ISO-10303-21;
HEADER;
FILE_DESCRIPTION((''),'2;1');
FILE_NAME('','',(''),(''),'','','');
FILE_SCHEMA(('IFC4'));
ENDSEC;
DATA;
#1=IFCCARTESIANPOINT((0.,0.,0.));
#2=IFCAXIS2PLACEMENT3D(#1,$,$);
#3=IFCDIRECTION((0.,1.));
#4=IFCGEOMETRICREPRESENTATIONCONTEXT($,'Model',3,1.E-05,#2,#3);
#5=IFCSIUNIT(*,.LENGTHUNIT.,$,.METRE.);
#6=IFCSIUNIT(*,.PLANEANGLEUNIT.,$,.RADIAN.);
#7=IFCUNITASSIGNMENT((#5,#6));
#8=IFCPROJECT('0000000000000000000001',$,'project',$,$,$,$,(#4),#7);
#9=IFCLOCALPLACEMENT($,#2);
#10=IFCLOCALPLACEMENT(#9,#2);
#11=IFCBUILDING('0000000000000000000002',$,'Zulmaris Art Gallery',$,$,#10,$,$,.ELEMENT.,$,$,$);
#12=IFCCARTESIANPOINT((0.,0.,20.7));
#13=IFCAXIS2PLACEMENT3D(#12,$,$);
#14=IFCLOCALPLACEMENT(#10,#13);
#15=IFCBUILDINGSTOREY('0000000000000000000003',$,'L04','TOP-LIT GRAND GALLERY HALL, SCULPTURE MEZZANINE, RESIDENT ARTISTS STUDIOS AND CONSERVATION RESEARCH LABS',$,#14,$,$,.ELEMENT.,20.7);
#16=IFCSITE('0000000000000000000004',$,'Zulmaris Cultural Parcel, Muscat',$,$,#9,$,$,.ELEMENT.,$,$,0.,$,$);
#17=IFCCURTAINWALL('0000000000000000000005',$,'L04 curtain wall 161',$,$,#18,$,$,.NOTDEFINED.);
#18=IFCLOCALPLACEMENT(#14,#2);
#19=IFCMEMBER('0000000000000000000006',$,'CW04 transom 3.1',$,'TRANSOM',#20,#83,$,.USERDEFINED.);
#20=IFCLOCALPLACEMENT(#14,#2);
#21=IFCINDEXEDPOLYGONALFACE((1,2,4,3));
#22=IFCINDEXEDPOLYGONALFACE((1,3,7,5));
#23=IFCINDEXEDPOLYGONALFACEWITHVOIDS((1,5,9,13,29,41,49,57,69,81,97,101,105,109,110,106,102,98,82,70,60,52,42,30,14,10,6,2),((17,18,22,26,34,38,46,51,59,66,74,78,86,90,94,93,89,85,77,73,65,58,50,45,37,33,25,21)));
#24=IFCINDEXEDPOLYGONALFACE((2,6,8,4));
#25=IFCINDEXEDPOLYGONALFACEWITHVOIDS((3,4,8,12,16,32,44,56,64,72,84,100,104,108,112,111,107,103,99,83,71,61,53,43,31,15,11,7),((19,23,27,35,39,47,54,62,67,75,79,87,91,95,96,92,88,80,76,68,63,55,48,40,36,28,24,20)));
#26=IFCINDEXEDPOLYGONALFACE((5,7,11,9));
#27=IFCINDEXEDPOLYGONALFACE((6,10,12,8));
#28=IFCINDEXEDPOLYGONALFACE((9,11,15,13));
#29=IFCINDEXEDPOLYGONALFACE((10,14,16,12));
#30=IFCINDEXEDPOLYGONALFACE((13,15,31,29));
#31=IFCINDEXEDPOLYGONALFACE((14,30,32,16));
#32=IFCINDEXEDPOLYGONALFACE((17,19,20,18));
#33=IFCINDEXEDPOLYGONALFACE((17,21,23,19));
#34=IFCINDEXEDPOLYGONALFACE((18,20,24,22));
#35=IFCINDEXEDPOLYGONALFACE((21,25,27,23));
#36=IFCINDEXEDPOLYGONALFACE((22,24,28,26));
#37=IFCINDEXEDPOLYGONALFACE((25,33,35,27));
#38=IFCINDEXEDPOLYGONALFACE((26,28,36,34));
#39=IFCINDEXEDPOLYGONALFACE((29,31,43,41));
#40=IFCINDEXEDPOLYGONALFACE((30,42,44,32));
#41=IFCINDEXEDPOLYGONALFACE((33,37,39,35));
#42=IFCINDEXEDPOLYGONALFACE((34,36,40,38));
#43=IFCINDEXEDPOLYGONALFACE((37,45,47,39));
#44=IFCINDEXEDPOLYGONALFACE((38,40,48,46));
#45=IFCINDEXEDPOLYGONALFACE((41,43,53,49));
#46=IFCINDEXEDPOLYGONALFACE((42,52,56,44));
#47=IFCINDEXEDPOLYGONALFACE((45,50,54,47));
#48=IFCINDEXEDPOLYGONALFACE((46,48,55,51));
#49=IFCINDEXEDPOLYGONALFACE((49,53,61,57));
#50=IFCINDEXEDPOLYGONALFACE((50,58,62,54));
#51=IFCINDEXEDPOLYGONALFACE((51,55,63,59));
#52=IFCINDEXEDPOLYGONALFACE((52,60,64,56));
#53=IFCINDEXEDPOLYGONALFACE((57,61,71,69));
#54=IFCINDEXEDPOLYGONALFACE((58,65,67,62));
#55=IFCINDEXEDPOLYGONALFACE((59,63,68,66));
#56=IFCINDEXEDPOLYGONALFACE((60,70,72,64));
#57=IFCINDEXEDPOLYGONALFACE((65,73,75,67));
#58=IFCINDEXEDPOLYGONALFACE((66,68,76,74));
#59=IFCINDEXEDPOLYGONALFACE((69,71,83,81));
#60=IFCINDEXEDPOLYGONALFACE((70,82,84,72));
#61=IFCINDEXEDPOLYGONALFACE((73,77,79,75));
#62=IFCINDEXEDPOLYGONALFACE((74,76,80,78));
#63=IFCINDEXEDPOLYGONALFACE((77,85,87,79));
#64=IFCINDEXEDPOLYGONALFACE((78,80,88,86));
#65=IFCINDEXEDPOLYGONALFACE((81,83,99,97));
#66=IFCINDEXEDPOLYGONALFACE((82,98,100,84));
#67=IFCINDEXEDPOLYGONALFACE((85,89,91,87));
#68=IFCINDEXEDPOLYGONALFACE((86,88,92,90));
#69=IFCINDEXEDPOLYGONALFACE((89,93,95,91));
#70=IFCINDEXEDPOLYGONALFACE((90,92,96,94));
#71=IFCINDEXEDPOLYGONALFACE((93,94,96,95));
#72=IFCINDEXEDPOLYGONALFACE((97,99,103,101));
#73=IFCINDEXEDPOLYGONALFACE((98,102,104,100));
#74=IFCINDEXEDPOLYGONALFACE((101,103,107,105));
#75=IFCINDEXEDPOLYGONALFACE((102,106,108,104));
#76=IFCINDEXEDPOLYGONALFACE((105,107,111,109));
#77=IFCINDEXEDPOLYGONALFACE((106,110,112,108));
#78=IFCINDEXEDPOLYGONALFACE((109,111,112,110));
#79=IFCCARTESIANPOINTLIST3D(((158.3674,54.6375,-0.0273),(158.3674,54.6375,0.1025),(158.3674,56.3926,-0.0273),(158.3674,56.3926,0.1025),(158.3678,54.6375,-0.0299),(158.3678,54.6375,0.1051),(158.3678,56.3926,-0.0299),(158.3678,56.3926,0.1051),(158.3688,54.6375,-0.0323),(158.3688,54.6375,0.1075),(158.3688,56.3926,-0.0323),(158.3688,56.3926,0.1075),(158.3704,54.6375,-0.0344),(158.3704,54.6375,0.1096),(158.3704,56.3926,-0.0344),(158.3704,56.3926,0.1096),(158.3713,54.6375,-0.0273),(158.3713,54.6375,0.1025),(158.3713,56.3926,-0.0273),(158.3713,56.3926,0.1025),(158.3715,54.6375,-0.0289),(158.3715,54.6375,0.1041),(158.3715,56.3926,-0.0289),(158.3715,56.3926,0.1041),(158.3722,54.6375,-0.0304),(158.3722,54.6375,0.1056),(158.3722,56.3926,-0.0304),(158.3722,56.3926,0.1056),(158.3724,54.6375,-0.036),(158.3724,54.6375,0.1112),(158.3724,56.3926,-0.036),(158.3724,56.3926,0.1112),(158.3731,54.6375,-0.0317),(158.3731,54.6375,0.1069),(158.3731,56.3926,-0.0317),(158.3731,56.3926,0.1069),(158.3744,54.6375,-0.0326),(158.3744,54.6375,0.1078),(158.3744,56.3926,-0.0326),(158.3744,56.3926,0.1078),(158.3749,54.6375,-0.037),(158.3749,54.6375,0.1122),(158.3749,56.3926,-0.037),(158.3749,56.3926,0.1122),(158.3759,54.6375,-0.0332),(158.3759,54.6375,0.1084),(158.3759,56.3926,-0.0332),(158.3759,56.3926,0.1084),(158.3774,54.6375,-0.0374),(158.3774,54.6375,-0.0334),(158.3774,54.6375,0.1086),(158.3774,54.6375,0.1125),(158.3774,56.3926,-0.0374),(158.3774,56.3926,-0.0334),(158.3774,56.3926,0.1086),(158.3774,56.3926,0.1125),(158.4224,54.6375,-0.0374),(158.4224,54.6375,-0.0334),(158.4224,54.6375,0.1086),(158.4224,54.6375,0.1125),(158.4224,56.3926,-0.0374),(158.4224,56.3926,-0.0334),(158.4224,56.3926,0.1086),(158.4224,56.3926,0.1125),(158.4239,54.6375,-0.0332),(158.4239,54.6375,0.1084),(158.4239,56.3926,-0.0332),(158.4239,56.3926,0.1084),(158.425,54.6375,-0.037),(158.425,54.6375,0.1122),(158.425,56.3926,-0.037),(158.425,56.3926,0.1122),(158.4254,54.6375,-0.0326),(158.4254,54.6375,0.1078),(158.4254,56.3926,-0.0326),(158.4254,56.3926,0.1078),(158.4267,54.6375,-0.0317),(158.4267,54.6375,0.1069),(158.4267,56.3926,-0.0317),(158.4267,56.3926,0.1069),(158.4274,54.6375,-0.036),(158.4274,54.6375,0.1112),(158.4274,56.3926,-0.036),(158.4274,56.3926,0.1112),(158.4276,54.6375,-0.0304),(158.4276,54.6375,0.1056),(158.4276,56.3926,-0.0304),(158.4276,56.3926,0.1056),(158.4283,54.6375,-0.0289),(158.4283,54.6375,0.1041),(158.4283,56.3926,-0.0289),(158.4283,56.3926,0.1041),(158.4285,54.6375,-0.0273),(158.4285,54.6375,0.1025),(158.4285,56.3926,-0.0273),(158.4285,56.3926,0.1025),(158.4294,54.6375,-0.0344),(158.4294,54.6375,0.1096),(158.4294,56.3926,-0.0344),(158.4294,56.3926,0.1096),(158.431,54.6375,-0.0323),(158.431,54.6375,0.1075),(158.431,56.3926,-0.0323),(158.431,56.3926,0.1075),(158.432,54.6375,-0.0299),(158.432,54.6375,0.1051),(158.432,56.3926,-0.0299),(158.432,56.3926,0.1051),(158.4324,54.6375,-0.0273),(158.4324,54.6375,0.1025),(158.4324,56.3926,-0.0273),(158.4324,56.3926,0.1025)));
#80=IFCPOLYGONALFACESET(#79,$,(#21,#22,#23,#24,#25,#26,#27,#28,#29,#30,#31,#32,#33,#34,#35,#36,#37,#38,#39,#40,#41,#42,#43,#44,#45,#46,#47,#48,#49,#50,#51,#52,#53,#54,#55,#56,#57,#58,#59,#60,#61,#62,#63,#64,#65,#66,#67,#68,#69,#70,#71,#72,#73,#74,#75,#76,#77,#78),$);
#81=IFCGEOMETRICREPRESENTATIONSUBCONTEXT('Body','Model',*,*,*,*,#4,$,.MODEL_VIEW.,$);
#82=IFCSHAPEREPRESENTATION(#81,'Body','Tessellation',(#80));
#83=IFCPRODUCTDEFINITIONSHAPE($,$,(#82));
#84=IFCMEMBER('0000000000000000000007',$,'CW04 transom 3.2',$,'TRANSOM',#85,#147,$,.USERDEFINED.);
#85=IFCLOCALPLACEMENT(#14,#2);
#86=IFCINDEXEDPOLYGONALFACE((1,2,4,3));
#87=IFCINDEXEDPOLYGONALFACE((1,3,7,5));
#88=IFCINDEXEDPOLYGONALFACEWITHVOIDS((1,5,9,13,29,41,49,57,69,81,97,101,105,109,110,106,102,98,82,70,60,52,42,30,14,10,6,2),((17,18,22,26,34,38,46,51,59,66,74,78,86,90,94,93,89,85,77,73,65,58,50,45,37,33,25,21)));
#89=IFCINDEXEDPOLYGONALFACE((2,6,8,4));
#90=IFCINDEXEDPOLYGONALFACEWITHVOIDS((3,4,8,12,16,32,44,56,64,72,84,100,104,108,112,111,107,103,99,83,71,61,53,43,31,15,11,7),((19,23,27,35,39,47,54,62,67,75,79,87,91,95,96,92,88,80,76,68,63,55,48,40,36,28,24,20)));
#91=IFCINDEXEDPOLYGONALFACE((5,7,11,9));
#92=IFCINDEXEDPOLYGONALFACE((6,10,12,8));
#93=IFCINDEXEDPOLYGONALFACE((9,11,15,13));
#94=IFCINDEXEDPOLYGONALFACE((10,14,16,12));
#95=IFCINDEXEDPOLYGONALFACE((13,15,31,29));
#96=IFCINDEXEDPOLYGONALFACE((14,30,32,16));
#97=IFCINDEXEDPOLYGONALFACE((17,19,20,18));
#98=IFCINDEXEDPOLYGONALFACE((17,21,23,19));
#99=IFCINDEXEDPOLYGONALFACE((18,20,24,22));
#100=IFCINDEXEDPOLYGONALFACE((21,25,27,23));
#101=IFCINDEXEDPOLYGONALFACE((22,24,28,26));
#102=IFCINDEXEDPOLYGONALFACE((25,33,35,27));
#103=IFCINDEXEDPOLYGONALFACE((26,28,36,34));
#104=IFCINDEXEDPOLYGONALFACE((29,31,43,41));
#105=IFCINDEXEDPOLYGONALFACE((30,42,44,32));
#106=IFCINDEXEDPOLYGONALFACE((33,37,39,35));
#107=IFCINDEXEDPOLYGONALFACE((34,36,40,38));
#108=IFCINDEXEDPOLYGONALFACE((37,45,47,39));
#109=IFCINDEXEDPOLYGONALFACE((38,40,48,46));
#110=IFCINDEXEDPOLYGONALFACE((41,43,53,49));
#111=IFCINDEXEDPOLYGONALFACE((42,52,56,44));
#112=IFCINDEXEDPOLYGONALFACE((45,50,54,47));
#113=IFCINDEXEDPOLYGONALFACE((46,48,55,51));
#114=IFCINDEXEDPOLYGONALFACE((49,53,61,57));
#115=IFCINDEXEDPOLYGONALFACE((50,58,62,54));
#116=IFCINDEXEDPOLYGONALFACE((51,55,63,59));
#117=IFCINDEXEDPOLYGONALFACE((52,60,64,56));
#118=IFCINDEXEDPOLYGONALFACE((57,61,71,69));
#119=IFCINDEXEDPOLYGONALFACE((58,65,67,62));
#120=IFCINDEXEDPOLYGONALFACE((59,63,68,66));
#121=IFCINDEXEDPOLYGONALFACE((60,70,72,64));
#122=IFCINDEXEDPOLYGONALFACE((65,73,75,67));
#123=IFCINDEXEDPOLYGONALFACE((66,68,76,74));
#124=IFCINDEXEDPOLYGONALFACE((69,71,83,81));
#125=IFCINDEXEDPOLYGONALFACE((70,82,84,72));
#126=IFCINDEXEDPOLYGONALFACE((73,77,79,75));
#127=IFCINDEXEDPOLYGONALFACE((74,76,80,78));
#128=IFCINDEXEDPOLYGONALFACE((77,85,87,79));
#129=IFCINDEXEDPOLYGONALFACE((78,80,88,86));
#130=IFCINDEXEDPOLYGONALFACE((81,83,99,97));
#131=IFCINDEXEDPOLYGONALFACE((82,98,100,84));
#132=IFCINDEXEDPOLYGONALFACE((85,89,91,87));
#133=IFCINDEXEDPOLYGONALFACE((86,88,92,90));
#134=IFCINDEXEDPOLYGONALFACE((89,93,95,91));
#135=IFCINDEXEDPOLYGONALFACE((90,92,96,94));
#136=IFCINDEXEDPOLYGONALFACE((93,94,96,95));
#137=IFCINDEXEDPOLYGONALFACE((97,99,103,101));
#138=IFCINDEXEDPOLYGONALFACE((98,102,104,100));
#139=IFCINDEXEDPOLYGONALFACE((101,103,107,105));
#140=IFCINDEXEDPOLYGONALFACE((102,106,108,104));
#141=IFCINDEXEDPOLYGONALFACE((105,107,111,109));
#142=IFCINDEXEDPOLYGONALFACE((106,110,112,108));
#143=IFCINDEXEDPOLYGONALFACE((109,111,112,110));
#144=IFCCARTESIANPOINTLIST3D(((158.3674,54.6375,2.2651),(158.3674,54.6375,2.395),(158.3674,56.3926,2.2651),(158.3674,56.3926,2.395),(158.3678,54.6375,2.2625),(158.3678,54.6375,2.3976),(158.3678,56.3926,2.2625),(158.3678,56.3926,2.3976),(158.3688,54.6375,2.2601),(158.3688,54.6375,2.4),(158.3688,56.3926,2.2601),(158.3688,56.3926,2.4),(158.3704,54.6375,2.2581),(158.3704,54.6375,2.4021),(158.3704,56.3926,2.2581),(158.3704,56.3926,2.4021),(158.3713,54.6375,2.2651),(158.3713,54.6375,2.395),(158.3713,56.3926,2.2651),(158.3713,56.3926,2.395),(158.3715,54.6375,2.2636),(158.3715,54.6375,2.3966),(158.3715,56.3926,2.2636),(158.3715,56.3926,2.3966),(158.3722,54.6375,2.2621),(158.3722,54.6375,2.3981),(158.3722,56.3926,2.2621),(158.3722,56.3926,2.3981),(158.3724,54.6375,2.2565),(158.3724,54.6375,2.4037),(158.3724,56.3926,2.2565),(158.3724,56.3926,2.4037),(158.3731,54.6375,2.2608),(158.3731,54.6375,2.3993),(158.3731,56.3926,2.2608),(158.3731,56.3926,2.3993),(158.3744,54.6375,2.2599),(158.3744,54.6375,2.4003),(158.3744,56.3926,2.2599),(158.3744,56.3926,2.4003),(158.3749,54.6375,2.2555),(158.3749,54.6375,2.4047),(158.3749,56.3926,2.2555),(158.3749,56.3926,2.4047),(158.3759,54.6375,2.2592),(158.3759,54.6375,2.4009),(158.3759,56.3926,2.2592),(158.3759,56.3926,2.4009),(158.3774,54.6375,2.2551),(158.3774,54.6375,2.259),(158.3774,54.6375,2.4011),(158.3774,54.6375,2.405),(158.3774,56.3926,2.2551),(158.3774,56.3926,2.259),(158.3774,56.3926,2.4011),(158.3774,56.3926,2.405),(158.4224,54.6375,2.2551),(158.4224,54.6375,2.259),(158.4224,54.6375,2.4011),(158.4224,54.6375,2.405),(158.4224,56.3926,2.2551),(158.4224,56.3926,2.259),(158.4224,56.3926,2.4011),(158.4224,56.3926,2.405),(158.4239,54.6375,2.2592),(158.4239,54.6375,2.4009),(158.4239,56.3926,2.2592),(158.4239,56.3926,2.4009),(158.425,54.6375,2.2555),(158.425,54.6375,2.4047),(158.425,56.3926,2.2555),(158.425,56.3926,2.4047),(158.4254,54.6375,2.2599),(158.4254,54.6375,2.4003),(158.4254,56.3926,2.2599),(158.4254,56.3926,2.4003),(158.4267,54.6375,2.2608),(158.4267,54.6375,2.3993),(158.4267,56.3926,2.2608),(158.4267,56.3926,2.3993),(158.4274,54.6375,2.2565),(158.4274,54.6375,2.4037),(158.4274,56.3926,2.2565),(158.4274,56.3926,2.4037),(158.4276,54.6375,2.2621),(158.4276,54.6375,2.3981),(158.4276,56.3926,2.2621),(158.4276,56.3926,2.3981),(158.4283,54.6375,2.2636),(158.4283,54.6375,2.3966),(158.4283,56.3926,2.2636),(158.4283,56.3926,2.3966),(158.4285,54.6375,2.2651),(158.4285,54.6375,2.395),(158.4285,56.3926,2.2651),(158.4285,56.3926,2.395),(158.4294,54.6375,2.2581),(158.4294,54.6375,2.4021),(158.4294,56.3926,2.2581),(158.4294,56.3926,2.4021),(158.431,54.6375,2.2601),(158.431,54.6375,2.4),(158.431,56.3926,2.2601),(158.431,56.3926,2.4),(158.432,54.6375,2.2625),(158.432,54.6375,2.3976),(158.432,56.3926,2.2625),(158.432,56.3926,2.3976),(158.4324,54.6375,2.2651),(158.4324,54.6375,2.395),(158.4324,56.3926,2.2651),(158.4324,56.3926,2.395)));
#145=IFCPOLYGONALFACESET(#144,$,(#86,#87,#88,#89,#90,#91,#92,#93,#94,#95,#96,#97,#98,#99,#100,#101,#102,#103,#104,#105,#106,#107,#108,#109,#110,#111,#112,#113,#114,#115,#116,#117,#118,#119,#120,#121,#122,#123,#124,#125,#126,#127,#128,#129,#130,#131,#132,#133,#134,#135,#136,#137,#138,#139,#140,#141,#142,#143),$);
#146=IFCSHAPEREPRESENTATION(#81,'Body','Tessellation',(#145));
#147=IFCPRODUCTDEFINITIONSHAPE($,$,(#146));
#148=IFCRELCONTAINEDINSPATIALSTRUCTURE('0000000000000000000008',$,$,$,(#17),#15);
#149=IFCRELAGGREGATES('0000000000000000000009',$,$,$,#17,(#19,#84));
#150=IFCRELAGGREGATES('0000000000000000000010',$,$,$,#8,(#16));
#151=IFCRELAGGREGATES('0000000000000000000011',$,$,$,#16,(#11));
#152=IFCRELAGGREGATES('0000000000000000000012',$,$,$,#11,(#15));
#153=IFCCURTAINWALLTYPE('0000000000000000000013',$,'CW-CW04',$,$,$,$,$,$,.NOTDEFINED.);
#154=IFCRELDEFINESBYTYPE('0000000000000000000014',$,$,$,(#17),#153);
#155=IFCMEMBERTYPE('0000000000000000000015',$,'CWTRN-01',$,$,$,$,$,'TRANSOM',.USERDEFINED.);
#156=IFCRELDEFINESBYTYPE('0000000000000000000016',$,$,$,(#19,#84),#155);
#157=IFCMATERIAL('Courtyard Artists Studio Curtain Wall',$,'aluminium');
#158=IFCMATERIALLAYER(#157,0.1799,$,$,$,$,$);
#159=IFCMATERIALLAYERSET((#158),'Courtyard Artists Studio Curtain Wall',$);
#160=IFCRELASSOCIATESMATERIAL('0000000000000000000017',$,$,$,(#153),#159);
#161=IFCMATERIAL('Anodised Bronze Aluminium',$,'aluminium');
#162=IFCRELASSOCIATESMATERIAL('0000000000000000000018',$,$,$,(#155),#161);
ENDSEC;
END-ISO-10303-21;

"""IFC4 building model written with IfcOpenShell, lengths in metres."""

from ifc_helpers import new_model, si_unit, direction, frame, origin, origin_2d, place, context, subcontext, project, spatial, hollow_rectangle, extrude, material, layer, layer_set, material_profile, profile_set, type_object, element, aggregate, save


model = new_model("IFC4")

# Units and contexts
model_context = context("Model", 3, precision=1e-05, world=origin(), true_north=direction((0.0, 1.0)))
body_context = subcontext(model_context, "Body", "Model", "MODEL_VIEW")
ifc_project = project(units=[si_unit("LENGTHUNIT", "METRE"), si_unit("PLANEANGLEUNIT", "RADIAN")], contexts=[model_context])

# Site, building, storey
site_placement = place(None, origin())
site = spatial("IfcSite", under=ifc_project, at=site_placement, Name="Zulmaris Cultural Parcel, Muscat", CompositionType="ELEMENT", RefElevation=0.0)
building_placement = place(site_placement, origin())
building = spatial("IfcBuilding", under=site, at=building_placement, Name="Zulmaris Art Gallery", CompositionType="ELEMENT")
storey_placement = place(building_placement, frame((0.0, 0.0, 20.7)))
storey = spatial("IfcBuildingStorey", under=building, at=storey_placement, Name="L04", Description="TOP-LIT GRAND GALLERY HALL, SCULPTURE MEZZANINE, RESIDENT ARTISTS STUDIOS AND CONSERVATION RESEARCH LABS", CompositionType="ELEMENT", Elevation=20.7)

# Curtain wall, members
ifc_material_1 = material(Name="Courtyard Artists Studio Curtain Wall", Category="aluminium")
ifc_layer_1 = layer(ifc_material_1, 0.1799)
ifc_layer_set_1 = layer_set([ifc_layer_1], Name="Courtyard Artists Studio Curtain Wall")
curtain_wall_type = type_object("IfcCurtainWallType", Name="CW-CW04", PredefinedType="NOTDEFINED", material=ifc_layer_set_1)
curtain_wall_placement = place(storey_placement, origin())
curtain_wall = element("IfcCurtainWall", 1, at=curtain_wall_placement, inside=storey, type_object=curtain_wall_type, Name="L04 curtain wall 161", PredefinedType="NOTDEFINED")
ifc_material_2 = material(Name="Anodised Bronze Aluminium", Category="aluminium")
ifc_material_profile_1 = material_profile(ifc_material_2, hollow_rectangle(XDim=0.0649, YDim=0.1499, WallThickness=0.0039, InnerFilletRadius=0.0061, OuterFilletRadius=0.01, at=origin_2d()), Name="ALU 65x150x4")
ifc_profile_set_1 = profile_set([ifc_material_profile_1], Name="Anodised Bronze Aluminium")
member_type_1 = type_object("IfcMemberType", Name="CWTRN-01", ElementType="TRANSOM", PredefinedType="USERDEFINED", material=ifc_profile_set_1)
member_1_placement = place(storey_placement, frame((158.3999, 54.6375, 0.0376), z_axis=(0.0, 1.0, 0.0), x_axis=(-1.0, 0.0, 0.0)))
member_1 = element("IfcMember", 2, at=member_1_placement, type_object=member_type_1, Name="CW04 transom 3.1", ObjectType="TRANSOM", PredefinedType="USERDEFINED", context=body_context, shape_type="SweptSolid", body=[
    extrude(hollow_rectangle(XDim=0.0649, YDim=0.1499, WallThickness=0.0039, InnerFilletRadius=0.0061, OuterFilletRadius=0.01, at=origin_2d()), origin(), (0.0, 0.0, 1.0), 1.7551),
])
member_2_placement = place(storey_placement, frame((158.3999, 54.6375, 2.3301), z_axis=(0.0, 1.0, 0.0), x_axis=(-1.0, 0.0, 0.0)))
member_2 = element("IfcMember", 3, at=member_2_placement, type_object=member_type_1, Name="CW04 transom 3.2", ObjectType="TRANSOM", PredefinedType="USERDEFINED", context=body_context, shape_type="SweptSolid", body=[
    extrude(hollow_rectangle(XDim=0.0649, YDim=0.1499, WallThickness=0.0039, InnerFilletRadius=0.0061, OuterFilletRadius=0.01, at=origin_2d()), origin(), (0.0, 0.0, 1.0), 1.7551),
])
aggregate(curtain_wall, [member_1, member_2])

save(model, "model.ifc")
